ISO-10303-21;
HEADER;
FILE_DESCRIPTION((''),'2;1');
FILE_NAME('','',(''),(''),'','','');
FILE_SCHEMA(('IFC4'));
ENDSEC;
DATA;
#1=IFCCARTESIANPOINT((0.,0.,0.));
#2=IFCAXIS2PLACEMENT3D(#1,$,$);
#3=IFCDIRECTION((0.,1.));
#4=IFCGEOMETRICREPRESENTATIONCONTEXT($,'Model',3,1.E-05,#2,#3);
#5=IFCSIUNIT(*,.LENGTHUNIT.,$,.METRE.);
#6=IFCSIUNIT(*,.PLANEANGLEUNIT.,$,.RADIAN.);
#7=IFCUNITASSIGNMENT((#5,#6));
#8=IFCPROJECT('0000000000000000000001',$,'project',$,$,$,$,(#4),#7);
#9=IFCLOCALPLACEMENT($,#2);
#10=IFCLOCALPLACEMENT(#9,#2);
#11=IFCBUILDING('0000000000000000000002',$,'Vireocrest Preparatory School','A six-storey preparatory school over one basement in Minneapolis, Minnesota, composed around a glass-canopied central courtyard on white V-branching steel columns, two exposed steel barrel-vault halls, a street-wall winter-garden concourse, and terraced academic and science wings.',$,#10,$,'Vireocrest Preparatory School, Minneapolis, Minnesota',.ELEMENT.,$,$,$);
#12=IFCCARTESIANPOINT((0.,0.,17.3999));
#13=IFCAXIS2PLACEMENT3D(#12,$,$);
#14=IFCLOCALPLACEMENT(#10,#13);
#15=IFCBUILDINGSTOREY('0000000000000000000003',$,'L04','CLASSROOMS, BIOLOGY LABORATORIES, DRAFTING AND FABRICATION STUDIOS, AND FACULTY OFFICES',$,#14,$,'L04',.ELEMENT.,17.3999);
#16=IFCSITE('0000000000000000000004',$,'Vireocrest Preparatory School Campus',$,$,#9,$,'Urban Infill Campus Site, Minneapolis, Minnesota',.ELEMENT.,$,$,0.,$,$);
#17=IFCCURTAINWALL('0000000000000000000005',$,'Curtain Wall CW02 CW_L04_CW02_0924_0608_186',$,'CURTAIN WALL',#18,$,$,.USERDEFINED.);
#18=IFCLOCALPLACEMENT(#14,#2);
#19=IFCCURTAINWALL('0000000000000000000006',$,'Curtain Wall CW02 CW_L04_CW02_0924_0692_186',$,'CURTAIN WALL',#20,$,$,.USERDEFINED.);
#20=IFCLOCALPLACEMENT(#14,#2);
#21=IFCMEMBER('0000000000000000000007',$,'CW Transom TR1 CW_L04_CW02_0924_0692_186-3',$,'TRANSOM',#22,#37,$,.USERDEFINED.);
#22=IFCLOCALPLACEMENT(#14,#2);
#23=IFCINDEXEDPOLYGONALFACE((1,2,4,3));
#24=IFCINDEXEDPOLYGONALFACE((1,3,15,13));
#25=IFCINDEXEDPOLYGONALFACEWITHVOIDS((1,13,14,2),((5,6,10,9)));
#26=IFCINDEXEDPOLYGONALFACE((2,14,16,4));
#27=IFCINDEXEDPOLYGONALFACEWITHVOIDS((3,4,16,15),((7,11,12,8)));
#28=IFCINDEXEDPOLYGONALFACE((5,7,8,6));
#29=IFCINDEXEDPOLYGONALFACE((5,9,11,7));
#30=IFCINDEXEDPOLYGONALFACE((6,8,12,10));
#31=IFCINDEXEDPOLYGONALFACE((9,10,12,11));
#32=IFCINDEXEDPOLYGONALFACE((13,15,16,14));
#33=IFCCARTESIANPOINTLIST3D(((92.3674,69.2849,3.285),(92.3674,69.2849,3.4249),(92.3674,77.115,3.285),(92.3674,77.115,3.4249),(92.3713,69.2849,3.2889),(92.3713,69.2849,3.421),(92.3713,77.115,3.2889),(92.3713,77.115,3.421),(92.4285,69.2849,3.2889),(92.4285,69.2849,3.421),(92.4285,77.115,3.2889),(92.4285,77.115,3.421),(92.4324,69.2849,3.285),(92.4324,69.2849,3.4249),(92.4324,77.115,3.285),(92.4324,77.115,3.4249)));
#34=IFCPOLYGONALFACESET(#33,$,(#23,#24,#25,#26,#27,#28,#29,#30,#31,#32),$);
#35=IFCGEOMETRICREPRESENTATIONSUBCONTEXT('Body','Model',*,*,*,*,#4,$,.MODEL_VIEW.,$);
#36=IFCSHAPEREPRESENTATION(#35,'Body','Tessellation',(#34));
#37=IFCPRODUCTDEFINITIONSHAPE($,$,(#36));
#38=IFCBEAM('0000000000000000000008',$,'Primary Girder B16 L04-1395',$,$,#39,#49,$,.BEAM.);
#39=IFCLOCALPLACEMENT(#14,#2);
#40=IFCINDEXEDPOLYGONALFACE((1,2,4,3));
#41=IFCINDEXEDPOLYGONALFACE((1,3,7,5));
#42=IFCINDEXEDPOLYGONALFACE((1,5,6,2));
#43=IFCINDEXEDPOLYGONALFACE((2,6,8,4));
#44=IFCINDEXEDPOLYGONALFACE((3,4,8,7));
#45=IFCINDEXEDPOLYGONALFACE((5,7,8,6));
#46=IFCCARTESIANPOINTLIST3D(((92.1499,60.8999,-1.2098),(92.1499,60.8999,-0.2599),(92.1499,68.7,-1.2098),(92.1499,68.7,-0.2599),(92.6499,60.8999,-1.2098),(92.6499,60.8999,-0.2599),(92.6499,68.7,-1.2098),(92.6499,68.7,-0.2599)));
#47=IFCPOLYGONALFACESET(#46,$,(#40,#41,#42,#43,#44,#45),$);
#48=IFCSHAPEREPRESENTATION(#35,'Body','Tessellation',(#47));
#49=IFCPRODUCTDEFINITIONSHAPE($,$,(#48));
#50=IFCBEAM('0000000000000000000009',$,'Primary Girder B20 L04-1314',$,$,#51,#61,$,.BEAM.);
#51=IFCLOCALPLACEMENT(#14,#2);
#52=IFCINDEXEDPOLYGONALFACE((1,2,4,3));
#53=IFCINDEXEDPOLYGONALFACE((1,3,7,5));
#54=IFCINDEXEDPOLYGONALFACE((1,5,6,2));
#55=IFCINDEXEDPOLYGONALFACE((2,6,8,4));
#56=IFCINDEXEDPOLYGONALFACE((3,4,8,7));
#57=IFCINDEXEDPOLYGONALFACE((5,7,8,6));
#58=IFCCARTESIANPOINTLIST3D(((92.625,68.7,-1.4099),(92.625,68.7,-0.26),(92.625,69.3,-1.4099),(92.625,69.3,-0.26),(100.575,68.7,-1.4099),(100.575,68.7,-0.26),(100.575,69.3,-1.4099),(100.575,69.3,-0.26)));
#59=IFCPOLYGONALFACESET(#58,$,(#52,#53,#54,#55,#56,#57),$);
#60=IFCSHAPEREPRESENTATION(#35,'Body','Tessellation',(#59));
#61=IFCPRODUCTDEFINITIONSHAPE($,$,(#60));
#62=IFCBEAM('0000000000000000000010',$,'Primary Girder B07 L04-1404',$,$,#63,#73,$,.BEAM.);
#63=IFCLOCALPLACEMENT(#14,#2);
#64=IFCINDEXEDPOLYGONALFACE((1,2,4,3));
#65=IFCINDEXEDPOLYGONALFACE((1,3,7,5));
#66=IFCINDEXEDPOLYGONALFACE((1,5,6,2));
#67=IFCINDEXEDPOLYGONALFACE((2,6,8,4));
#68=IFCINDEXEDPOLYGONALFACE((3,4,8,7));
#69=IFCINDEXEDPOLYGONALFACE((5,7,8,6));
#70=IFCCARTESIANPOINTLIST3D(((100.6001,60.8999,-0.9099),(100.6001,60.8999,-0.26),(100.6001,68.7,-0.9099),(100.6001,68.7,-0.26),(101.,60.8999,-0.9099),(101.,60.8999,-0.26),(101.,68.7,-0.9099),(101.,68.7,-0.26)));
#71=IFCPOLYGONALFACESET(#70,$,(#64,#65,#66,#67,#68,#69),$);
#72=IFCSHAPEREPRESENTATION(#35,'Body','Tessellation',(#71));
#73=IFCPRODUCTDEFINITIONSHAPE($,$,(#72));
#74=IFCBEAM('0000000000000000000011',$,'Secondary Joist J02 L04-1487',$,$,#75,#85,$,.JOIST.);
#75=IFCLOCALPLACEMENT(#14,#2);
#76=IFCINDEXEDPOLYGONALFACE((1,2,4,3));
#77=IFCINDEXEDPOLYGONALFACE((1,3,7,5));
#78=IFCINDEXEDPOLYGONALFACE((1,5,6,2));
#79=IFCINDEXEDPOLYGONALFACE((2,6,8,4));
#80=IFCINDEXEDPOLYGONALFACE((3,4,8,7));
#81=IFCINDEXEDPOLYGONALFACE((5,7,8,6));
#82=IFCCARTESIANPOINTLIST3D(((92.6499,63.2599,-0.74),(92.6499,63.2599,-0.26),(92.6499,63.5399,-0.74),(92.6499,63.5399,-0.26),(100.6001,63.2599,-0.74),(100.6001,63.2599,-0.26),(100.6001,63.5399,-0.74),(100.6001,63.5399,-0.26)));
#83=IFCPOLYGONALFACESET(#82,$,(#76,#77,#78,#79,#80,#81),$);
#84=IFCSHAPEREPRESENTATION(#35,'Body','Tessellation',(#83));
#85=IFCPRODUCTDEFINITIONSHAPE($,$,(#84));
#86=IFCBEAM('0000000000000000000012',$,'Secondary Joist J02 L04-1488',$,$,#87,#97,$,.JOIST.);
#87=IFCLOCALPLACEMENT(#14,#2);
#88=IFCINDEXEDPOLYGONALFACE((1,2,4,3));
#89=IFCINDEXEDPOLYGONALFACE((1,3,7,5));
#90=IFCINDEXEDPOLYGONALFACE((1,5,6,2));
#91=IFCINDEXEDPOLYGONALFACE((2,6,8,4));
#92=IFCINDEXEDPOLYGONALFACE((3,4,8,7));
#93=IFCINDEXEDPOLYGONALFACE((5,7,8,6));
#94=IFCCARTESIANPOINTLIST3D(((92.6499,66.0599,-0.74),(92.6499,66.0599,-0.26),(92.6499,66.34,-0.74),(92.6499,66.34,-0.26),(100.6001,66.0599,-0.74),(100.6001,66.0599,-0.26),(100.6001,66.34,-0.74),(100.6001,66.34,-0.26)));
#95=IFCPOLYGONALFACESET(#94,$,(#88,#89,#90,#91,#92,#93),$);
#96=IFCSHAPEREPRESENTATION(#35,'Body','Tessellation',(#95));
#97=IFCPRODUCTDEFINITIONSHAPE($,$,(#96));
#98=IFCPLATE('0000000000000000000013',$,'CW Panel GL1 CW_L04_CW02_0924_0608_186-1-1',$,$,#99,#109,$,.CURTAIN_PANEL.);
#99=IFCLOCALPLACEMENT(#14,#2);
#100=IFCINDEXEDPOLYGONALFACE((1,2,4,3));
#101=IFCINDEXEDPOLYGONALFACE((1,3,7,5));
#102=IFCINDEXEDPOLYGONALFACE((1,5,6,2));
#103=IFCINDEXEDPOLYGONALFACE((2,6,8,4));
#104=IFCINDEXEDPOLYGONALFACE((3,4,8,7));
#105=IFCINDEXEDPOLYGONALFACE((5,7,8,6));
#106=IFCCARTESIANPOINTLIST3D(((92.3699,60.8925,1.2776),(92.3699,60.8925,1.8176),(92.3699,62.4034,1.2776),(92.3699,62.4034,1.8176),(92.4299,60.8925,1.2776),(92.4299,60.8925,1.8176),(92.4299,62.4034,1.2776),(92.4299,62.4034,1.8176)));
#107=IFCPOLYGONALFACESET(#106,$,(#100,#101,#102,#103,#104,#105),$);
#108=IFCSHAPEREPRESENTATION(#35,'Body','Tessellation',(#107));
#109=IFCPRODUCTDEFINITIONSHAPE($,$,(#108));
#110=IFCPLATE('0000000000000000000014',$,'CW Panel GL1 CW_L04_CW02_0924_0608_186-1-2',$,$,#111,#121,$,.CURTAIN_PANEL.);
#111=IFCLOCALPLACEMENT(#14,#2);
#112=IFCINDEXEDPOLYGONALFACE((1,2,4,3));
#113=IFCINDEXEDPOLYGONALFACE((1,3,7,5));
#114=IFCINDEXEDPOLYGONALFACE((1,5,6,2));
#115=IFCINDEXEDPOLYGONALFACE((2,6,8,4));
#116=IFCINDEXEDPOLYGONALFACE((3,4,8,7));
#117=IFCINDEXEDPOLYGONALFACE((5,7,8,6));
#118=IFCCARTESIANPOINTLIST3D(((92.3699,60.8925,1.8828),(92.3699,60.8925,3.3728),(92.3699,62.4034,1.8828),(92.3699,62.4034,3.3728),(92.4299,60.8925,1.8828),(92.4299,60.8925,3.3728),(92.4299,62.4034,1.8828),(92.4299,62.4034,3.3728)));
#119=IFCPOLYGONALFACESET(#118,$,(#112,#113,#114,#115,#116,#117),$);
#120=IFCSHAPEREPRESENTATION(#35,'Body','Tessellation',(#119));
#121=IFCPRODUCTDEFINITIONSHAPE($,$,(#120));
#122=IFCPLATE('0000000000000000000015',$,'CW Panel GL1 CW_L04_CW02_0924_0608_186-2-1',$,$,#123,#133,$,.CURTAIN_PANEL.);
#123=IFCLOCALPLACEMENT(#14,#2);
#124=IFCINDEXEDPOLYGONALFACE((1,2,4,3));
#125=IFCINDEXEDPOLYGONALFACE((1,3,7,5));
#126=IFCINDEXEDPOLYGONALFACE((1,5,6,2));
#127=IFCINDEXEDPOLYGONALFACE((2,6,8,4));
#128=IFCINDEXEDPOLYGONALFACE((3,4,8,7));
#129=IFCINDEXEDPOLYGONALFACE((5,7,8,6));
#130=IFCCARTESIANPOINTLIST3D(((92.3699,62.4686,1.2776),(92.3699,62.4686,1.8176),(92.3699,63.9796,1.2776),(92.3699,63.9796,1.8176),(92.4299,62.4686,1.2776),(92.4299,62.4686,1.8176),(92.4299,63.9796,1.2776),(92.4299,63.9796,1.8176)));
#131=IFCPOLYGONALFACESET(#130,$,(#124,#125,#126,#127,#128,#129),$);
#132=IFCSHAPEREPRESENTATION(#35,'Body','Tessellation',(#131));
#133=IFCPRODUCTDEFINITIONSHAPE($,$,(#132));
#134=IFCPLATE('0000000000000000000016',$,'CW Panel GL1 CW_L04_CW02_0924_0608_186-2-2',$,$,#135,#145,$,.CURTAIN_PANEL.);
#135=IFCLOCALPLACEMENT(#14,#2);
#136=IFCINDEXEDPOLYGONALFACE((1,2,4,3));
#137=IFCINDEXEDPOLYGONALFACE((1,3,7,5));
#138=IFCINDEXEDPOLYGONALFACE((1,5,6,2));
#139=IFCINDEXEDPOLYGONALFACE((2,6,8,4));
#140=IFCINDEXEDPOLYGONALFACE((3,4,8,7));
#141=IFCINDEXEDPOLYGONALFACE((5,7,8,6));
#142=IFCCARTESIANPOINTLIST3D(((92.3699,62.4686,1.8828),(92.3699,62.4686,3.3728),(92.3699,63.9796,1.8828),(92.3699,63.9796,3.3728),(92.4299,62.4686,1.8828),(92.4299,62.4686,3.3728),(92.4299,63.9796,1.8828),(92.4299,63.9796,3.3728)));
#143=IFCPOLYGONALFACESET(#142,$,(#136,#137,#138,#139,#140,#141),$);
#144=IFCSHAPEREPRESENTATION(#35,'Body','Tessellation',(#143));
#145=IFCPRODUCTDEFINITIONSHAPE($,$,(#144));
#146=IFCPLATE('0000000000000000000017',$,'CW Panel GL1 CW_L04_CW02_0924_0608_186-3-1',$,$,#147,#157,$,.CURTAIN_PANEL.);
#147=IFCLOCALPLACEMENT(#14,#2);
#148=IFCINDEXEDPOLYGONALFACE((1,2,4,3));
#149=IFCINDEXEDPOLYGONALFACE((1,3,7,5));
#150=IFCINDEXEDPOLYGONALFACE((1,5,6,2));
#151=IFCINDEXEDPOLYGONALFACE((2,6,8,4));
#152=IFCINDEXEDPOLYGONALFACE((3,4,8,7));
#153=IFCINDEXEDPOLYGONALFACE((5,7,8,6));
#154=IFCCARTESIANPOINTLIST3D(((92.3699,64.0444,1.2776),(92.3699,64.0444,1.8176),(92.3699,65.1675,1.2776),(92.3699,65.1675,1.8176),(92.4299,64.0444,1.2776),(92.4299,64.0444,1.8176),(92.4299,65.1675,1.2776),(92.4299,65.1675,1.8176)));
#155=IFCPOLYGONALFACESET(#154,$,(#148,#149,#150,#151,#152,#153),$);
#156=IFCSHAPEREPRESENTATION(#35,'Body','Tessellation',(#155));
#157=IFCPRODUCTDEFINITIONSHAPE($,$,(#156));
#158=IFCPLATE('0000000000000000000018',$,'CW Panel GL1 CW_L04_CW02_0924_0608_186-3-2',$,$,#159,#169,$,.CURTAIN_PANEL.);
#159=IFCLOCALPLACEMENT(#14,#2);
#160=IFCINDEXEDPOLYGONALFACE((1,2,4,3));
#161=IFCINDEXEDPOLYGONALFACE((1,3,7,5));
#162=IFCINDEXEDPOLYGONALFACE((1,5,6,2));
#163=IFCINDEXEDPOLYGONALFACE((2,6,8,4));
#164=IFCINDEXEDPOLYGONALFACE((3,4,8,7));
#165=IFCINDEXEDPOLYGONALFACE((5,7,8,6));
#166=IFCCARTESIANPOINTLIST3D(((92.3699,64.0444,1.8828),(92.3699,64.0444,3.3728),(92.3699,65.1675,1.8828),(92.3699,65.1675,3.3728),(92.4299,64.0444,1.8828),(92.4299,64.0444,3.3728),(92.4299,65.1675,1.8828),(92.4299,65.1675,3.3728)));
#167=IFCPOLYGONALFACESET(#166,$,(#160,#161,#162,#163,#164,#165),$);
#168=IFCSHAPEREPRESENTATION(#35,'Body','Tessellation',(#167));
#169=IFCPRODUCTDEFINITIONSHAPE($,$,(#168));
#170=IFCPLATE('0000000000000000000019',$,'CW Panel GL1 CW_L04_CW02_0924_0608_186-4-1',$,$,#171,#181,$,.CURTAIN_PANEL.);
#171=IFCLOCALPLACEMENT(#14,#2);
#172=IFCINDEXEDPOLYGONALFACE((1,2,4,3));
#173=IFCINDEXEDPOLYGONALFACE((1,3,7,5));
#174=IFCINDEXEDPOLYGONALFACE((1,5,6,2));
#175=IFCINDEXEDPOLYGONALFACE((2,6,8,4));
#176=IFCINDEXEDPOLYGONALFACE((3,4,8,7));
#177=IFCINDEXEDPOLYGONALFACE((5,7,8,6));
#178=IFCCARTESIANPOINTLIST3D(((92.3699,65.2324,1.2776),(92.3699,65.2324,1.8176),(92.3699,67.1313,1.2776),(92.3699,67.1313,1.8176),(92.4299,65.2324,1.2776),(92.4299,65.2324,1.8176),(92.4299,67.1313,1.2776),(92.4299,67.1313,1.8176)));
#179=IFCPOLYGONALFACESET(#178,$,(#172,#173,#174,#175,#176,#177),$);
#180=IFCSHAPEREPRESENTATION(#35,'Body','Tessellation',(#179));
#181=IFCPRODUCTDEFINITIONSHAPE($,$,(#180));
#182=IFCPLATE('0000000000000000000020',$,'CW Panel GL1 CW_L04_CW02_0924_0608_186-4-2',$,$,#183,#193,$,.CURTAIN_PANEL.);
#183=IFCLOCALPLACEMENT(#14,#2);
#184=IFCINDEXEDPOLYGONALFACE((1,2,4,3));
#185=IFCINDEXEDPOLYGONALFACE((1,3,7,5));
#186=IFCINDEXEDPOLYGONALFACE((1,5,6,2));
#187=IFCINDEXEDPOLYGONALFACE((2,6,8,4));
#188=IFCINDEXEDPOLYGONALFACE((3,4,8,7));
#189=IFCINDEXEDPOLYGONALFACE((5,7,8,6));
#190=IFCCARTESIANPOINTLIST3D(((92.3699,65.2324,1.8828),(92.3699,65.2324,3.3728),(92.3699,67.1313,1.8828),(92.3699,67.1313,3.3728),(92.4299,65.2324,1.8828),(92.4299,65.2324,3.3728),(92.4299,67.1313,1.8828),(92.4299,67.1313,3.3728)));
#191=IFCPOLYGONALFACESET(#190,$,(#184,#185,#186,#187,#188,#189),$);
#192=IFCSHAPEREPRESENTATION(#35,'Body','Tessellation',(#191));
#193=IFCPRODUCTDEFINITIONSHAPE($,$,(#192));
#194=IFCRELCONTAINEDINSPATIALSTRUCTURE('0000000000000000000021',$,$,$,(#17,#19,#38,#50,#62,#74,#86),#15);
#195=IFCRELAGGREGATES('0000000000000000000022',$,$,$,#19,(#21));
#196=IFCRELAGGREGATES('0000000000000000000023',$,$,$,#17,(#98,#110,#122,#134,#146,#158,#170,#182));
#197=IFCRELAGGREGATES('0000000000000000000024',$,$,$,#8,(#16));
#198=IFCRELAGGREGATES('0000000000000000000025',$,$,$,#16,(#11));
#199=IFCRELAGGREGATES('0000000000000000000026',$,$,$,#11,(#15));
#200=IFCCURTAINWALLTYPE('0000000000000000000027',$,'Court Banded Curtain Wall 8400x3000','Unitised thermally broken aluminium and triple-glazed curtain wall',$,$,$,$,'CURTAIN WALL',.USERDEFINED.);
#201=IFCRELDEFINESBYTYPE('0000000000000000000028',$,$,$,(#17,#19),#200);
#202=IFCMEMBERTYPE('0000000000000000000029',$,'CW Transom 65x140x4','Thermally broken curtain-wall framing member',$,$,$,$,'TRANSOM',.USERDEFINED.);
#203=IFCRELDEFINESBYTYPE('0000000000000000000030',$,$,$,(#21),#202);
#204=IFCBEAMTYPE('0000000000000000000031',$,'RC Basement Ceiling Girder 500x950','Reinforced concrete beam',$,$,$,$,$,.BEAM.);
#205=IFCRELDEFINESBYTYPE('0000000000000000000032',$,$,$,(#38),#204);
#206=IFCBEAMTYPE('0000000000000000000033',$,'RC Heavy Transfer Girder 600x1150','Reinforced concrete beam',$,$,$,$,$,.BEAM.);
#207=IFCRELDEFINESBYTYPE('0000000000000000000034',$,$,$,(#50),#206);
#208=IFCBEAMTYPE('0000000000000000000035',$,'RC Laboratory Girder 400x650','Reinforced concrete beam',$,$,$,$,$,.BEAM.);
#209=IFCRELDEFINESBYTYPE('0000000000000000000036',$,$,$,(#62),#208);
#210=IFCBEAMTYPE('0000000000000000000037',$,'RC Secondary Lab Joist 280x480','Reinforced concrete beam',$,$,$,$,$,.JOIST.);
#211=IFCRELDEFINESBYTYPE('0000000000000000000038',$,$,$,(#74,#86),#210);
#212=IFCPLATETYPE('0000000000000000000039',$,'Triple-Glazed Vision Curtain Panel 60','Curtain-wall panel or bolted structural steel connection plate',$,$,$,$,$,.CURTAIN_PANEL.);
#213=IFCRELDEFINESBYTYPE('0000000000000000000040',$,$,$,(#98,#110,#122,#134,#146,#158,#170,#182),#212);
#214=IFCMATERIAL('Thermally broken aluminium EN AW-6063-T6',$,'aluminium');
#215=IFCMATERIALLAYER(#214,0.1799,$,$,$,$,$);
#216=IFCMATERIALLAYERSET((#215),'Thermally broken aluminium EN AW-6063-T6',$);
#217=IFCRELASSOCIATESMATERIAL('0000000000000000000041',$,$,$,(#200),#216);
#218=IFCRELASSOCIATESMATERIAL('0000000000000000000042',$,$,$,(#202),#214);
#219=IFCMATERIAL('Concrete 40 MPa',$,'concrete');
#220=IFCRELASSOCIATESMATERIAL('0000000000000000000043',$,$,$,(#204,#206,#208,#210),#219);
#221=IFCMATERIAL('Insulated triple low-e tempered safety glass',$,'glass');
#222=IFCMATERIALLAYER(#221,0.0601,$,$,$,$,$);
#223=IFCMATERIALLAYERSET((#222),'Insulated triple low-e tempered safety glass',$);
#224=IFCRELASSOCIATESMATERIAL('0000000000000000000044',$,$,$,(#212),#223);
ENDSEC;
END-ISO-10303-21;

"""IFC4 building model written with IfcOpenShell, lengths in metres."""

from ifc_helpers import new_model, si_unit, direction, frame, origin, origin_2d, place, context, subcontext, project, spatial, rectangle, hollow_rectangle, extrude, material, layer, layer_set, material_profile, profile_set, type_object, element, aggregate, save


model = new_model("IFC4")

# Units and contexts
model_context = context("Model", 3, precision=1e-05, world=origin(), true_north=direction((0.0, 1.0)))
body_context = subcontext(model_context, "Body", "Model", "MODEL_VIEW")
ifc_project = project(units=[si_unit("LENGTHUNIT", "METRE"), si_unit("PLANEANGLEUNIT", "RADIAN")], contexts=[model_context])

# Site, building, storey
site_placement = place(None, origin())
site = spatial("IfcSite", under=ifc_project, at=site_placement, Name="Vireocrest Preparatory School Campus", LongName="Urban Infill Campus Site, Minneapolis, Minnesota", CompositionType="ELEMENT", RefElevation=0.0)
building_placement = place(site_placement, origin())
building = spatial("IfcBuilding", under=site, at=building_placement, Name="Vireocrest Preparatory School", Description="A six-storey preparatory school over one basement in Minneapolis, Minnesota, composed around a glass-canopied central courtyard on white V-branching steel columns, two exposed steel barrel-vault halls, a street-wall winter-garden concourse, and terraced academic and science wings.", LongName="Vireocrest Preparatory School, Minneapolis, Minnesota", CompositionType="ELEMENT")
storey_placement = place(building_placement, frame((0.0, 0.0, 17.3999)))
storey = spatial("IfcBuildingStorey", under=building, at=storey_placement, Name="L04", Description="CLASSROOMS, BIOLOGY LABORATORIES, DRAFTING AND FABRICATION STUDIOS, AND FACULTY OFFICES", LongName="L04", CompositionType="ELEMENT", Elevation=17.3999)

# Curtain wall
ifc_material_1 = material(Name="Thermally broken aluminium EN AW-6063-T6", Category="aluminium")
ifc_layer_1 = layer(ifc_material_1, 0.1799)
ifc_layer_set_1 = layer_set([ifc_layer_1], Name="Thermally broken aluminium EN AW-6063-T6")
curtain_wall_type = type_object("IfcCurtainWallType", Name="Court Banded Curtain Wall 8400x3000", Description="Unitised thermally broken aluminium and triple-glazed curtain wall", ElementType="CURTAIN WALL", PredefinedType="USERDEFINED", material=ifc_layer_set_1)
curtain_wall_1_placement = place(storey_placement, origin())
curtain_wall_1 = element("IfcCurtainWall", 1, at=curtain_wall_1_placement, inside=storey, type_object=curtain_wall_type, Name="Curtain Wall CW02 CW_L04_CW02_0924_0608_186", ObjectType="CURTAIN WALL", PredefinedType="USERDEFINED")

# Curtain wall
curtain_wall_2_placement = place(storey_placement, origin())
curtain_wall_2 = element("IfcCurtainWall", 2, at=curtain_wall_2_placement, inside=storey, type_object=curtain_wall_type, Name="Curtain Wall CW02 CW_L04_CW02_0924_0692_186", ObjectType="CURTAIN WALL", PredefinedType="USERDEFINED")

# Member
ifc_material_profile_1 = material_profile(ifc_material_1, hollow_rectangle(XDim=0.0649, YDim=0.1399, WallThickness=0.0039, at=origin_2d()), Name="ALU 65x140x4")
ifc_profile_set_1 = profile_set([ifc_material_profile_1], Name="Thermally broken aluminium EN AW-6063-T6")
member_type_1 = type_object("IfcMemberType", Name="CW Transom 65x140x4", Description="Thermally broken curtain-wall framing member", ElementType="TRANSOM", PredefinedType="USERDEFINED", material=ifc_profile_set_1)
member_1_placement = place(storey_placement, frame((92.3999, 69.2849, 3.355), z_axis=(0.0, 1.0, 0.0), x_axis=(-1.0, 0.0, 0.0)))
member_1 = element("IfcMember", 3, at=member_1_placement, type_object=member_type_1, Name="CW Transom TR1 CW_L04_CW02_0924_0692_186-3", ObjectType="TRANSOM", PredefinedType="USERDEFINED", context=body_context, shape_type="SweptSolid", body=[
    extrude(hollow_rectangle(XDim=0.0649, YDim=0.1399, WallThickness=0.0039, at=origin_2d()), origin(), (0.0, 0.0, 1.0), 7.8301),
])
aggregate(curtain_wall_2, [member_1])

# Beams
ifc_material_2 = material(Name="Concrete 40 MPa", Category="concrete")
ifc_material_profile_2 = material_profile(ifc_material_2, rectangle(XDim=0.5, YDim=0.95, at=origin_2d()), Name="RC 500x950")
ifc_profile_set_2 = profile_set([ifc_material_profile_2], Name="Concrete 40 MPa")
beam_type_1 = type_object("IfcBeamType", Name="RC Basement Ceiling Girder 500x950", Description="Reinforced concrete beam", PredefinedType="BEAM", material=ifc_profile_set_2)
beam_1_placement = place(storey_placement, frame((92.3999, 60.8999, -0.7349), z_axis=(0.0, 1.0, 0.0), x_axis=(-1.0, 0.0, 0.0)))
element("IfcBeam", 4, at=beam_1_placement, inside=storey, type_object=beam_type_1, Name="Primary Girder B16 L04-1395", PredefinedType="BEAM", context=body_context, shape_type="SweptSolid", body=[
    extrude(rectangle(XDim=0.5, YDim=0.95, at=origin_2d()), origin(), (0.0, 0.0, 1.0), 7.8),
])
ifc_material_profile_3 = material_profile(ifc_material_2, rectangle(XDim=0.6001, YDim=1.1499, at=origin_2d()), Name="RC 600x1150")
ifc_profile_set_3 = profile_set([ifc_material_profile_3], Name="Concrete 40 MPa")
beam_type_2 = type_object("IfcBeamType", Name="RC Heavy Transfer Girder 600x1150", Description="Reinforced concrete beam", PredefinedType="BEAM", material=ifc_profile_set_3)
beam_2_placement = place(storey_placement, frame((92.625, 69.0, -0.835), z_axis=(1.0, 0.0, 0.0), x_axis=(0.0, 1.0, 0.0)))
element("IfcBeam", 5, at=beam_2_placement, inside=storey, type_object=beam_type_2, Name="Primary Girder B20 L04-1314", PredefinedType="BEAM", context=body_context, shape_type="SweptSolid", body=[
    extrude(rectangle(XDim=0.6001, YDim=1.1499, at=origin_2d()), origin(), (0.0, 0.0, 1.0), 7.95),
])
ifc_material_profile_4 = material_profile(ifc_material_2, rectangle(XDim=0.3999, YDim=0.6499, at=origin_2d()), Name="RC 400x650")
ifc_profile_set_4 = profile_set([ifc_material_profile_4], Name="Concrete 40 MPa")
beam_type_3 = type_object("IfcBeamType", Name="RC Laboratory Girder 400x650", Description="Reinforced concrete beam", PredefinedType="BEAM", material=ifc_profile_set_4)
beam_3_placement = place(storey_placement, frame((100.8, 60.8999, -0.585), z_axis=(0.0, 1.0, 0.0), x_axis=(-1.0, 0.0, 0.0)))
element("IfcBeam", 6, at=beam_3_placement, inside=storey, type_object=beam_type_3, Name="Primary Girder B07 L04-1404", PredefinedType="BEAM", context=body_context, shape_type="SweptSolid", body=[
    extrude(rectangle(XDim=0.3999, YDim=0.6499, at=origin_2d()), origin(), (0.0, 0.0, 1.0), 7.8),
])
ifc_material_profile_5 = material_profile(ifc_material_2, rectangle(XDim=0.28, YDim=0.48, at=origin_2d()), Name="RC 280x480")
ifc_profile_set_5 = profile_set([ifc_material_profile_5], Name="Concrete 40 MPa")
beam_type_4 = type_object("IfcBeamType", Name="RC Secondary Lab Joist 280x480", Description="Reinforced concrete beam", PredefinedType="JOIST", material=ifc_profile_set_5)
for number, where, z_axis, x_axis, name in (
    (7, (92.6499, 63.3999, -0.5), (1.0, 0.0, 0.0), (0.0, 1.0, 0.0), "Secondary Joist J02 L04-1487"),
    (8, (92.6499, 66.2, -0.5), (1.0, 0.0, 0.0), (0.0, 1.0, 0.0), "Secondary Joist J02 L04-1488"),
):
    element("IfcBeam", number, at=place(storey_placement, frame(where, z_axis=z_axis, x_axis=x_axis)), inside=storey, type_object=beam_type_4, Name=name, PredefinedType="JOIST", context=body_context, shape_type="SweptSolid", body=[
        extrude(rectangle(XDim=0.28, YDim=0.48, at=origin_2d()), origin(), (0.0, 0.0, 1.0), 7.9502),
    ])

# Plates
ifc_material_3 = material(Name="Insulated triple low-e tempered safety glass", Category="glass")
ifc_layer_2 = layer(ifc_material_3, 0.0601)
ifc_layer_set_2 = layer_set([ifc_layer_2], Name="Insulated triple low-e tempered safety glass")
plate_type = type_object("IfcPlateType", Name="Triple-Glazed Vision Curtain Panel 60", Description="Curtain-wall panel or bolted structural steel connection plate", PredefinedType="CURTAIN_PANEL", material=ifc_layer_set_2)
plate_1_placement = place(storey_placement, frame((92.3999, 61.6479, 1.2776), z_axis=(0.0, 0.0, 1.0), x_axis=(0.0, 1.0, 0.0)))
plate_1 = element("IfcPlate", 9, at=plate_1_placement, type_object=plate_type, Name="CW Panel GL1 CW_L04_CW02_0924_0608_186-1-1", PredefinedType="CURTAIN_PANEL", context=body_context, shape_type="SweptSolid", body=[
    extrude(rectangle(XDim=1.511, YDim=0.0601, at=origin_2d()), origin(), (0.0, 0.0, 1.0), 0.54),
])
plate_2_placement = place(storey_placement, frame((92.3999, 61.6479, 1.8828), z_axis=(0.0, 0.0, 1.0), x_axis=(0.0, 1.0, 0.0)))
plate_2 = element("IfcPlate", 10, at=plate_2_placement, type_object=plate_type, Name="CW Panel GL1 CW_L04_CW02_0924_0608_186-1-2", PredefinedType="CURTAIN_PANEL", context=body_context, shape_type="SweptSolid", body=[
    extrude(rectangle(XDim=1.511, YDim=0.0601, at=origin_2d()), origin(), (0.0, 0.0, 1.0), 1.49),
])
plate_3_placement = place(storey_placement, frame((92.3999, 63.2241, 1.2776), z_axis=(0.0, 0.0, 1.0), x_axis=(0.0, 1.0, 0.0)))
plate_3 = element("IfcPlate", 11, at=plate_3_placement, type_object=plate_type, Name="CW Panel GL1 CW_L04_CW02_0924_0608_186-2-1", PredefinedType="CURTAIN_PANEL", context=body_context, shape_type="SweptSolid", body=[
    extrude(rectangle(XDim=1.511, YDim=0.0601, at=origin_2d()), origin(), (0.0, 0.0, 1.0), 0.54),
])
plate_4_placement = place(storey_placement, frame((92.3999, 63.2241, 1.8828), z_axis=(0.0, 0.0, 1.0), x_axis=(0.0, 1.0, 0.0)))
plate_4 = element("IfcPlate", 12, at=plate_4_placement, type_object=plate_type, Name="CW Panel GL1 CW_L04_CW02_0924_0608_186-2-2", PredefinedType="CURTAIN_PANEL", context=body_context, shape_type="SweptSolid", body=[
    extrude(rectangle(XDim=1.511, YDim=0.0601, at=origin_2d()), origin(), (0.0, 0.0, 1.0), 1.49),
])
plate_5_placement = place(storey_placement, frame((92.3999, 64.606, 1.2776), z_axis=(0.0, 0.0, 1.0), x_axis=(0.0, 1.0, 0.0)))
plate_5 = element("IfcPlate", 13, at=plate_5_placement, type_object=plate_type, Name="CW Panel GL1 CW_L04_CW02_0924_0608_186-3-1", PredefinedType="CURTAIN_PANEL", context=body_context, shape_type="SweptSolid", body=[
    extrude(rectangle(XDim=1.123, YDim=0.0601, at=origin_2d()), origin(), (0.0, 0.0, 1.0), 0.54),
])
plate_6_placement = place(storey_placement, frame((92.3999, 64.606, 1.8828), z_axis=(0.0, 0.0, 1.0), x_axis=(0.0, 1.0, 0.0)))
plate_6 = element("IfcPlate", 14, at=plate_6_placement, type_object=plate_type, Name="CW Panel GL1 CW_L04_CW02_0924_0608_186-3-2", PredefinedType="CURTAIN_PANEL", context=body_context, shape_type="SweptSolid", body=[
    extrude(rectangle(XDim=1.123, YDim=0.0601, at=origin_2d()), origin(), (0.0, 0.0, 1.0), 1.49),
])
plate_7_placement = place(storey_placement, frame((92.3999, 66.1819, 1.2776), z_axis=(0.0, 0.0, 1.0), x_axis=(0.0, 1.0, 0.0)))
plate_7 = element("IfcPlate", 15, at=plate_7_placement, type_object=plate_type, Name="CW Panel GL1 CW_L04_CW02_0924_0608_186-4-1", PredefinedType="CURTAIN_PANEL", context=body_context, shape_type="SweptSolid", body=[
    extrude(rectangle(XDim=1.8989, YDim=0.0601, at=origin_2d()), origin(), (0.0, 0.0, 1.0), 0.54),
])
plate_8_placement = place(storey_placement, frame((92.3999, 66.1819, 1.8828), z_axis=(0.0, 0.0, 1.0), x_axis=(0.0, 1.0, 0.0)))
plate_8 = element("IfcPlate", 16, at=plate_8_placement, type_object=plate_type, Name="CW Panel GL1 CW_L04_CW02_0924_0608_186-4-2", PredefinedType="CURTAIN_PANEL", context=body_context, shape_type="SweptSolid", body=[
    extrude(rectangle(XDim=1.8989, YDim=0.0601, at=origin_2d()), origin(), (0.0, 0.0, 1.0), 1.49),
])
aggregate(curtain_wall_1, [plate_1, plate_2, plate_3, plate_4, plate_5, plate_6, plate_7, plate_8])

save(model, "model.ifc")
